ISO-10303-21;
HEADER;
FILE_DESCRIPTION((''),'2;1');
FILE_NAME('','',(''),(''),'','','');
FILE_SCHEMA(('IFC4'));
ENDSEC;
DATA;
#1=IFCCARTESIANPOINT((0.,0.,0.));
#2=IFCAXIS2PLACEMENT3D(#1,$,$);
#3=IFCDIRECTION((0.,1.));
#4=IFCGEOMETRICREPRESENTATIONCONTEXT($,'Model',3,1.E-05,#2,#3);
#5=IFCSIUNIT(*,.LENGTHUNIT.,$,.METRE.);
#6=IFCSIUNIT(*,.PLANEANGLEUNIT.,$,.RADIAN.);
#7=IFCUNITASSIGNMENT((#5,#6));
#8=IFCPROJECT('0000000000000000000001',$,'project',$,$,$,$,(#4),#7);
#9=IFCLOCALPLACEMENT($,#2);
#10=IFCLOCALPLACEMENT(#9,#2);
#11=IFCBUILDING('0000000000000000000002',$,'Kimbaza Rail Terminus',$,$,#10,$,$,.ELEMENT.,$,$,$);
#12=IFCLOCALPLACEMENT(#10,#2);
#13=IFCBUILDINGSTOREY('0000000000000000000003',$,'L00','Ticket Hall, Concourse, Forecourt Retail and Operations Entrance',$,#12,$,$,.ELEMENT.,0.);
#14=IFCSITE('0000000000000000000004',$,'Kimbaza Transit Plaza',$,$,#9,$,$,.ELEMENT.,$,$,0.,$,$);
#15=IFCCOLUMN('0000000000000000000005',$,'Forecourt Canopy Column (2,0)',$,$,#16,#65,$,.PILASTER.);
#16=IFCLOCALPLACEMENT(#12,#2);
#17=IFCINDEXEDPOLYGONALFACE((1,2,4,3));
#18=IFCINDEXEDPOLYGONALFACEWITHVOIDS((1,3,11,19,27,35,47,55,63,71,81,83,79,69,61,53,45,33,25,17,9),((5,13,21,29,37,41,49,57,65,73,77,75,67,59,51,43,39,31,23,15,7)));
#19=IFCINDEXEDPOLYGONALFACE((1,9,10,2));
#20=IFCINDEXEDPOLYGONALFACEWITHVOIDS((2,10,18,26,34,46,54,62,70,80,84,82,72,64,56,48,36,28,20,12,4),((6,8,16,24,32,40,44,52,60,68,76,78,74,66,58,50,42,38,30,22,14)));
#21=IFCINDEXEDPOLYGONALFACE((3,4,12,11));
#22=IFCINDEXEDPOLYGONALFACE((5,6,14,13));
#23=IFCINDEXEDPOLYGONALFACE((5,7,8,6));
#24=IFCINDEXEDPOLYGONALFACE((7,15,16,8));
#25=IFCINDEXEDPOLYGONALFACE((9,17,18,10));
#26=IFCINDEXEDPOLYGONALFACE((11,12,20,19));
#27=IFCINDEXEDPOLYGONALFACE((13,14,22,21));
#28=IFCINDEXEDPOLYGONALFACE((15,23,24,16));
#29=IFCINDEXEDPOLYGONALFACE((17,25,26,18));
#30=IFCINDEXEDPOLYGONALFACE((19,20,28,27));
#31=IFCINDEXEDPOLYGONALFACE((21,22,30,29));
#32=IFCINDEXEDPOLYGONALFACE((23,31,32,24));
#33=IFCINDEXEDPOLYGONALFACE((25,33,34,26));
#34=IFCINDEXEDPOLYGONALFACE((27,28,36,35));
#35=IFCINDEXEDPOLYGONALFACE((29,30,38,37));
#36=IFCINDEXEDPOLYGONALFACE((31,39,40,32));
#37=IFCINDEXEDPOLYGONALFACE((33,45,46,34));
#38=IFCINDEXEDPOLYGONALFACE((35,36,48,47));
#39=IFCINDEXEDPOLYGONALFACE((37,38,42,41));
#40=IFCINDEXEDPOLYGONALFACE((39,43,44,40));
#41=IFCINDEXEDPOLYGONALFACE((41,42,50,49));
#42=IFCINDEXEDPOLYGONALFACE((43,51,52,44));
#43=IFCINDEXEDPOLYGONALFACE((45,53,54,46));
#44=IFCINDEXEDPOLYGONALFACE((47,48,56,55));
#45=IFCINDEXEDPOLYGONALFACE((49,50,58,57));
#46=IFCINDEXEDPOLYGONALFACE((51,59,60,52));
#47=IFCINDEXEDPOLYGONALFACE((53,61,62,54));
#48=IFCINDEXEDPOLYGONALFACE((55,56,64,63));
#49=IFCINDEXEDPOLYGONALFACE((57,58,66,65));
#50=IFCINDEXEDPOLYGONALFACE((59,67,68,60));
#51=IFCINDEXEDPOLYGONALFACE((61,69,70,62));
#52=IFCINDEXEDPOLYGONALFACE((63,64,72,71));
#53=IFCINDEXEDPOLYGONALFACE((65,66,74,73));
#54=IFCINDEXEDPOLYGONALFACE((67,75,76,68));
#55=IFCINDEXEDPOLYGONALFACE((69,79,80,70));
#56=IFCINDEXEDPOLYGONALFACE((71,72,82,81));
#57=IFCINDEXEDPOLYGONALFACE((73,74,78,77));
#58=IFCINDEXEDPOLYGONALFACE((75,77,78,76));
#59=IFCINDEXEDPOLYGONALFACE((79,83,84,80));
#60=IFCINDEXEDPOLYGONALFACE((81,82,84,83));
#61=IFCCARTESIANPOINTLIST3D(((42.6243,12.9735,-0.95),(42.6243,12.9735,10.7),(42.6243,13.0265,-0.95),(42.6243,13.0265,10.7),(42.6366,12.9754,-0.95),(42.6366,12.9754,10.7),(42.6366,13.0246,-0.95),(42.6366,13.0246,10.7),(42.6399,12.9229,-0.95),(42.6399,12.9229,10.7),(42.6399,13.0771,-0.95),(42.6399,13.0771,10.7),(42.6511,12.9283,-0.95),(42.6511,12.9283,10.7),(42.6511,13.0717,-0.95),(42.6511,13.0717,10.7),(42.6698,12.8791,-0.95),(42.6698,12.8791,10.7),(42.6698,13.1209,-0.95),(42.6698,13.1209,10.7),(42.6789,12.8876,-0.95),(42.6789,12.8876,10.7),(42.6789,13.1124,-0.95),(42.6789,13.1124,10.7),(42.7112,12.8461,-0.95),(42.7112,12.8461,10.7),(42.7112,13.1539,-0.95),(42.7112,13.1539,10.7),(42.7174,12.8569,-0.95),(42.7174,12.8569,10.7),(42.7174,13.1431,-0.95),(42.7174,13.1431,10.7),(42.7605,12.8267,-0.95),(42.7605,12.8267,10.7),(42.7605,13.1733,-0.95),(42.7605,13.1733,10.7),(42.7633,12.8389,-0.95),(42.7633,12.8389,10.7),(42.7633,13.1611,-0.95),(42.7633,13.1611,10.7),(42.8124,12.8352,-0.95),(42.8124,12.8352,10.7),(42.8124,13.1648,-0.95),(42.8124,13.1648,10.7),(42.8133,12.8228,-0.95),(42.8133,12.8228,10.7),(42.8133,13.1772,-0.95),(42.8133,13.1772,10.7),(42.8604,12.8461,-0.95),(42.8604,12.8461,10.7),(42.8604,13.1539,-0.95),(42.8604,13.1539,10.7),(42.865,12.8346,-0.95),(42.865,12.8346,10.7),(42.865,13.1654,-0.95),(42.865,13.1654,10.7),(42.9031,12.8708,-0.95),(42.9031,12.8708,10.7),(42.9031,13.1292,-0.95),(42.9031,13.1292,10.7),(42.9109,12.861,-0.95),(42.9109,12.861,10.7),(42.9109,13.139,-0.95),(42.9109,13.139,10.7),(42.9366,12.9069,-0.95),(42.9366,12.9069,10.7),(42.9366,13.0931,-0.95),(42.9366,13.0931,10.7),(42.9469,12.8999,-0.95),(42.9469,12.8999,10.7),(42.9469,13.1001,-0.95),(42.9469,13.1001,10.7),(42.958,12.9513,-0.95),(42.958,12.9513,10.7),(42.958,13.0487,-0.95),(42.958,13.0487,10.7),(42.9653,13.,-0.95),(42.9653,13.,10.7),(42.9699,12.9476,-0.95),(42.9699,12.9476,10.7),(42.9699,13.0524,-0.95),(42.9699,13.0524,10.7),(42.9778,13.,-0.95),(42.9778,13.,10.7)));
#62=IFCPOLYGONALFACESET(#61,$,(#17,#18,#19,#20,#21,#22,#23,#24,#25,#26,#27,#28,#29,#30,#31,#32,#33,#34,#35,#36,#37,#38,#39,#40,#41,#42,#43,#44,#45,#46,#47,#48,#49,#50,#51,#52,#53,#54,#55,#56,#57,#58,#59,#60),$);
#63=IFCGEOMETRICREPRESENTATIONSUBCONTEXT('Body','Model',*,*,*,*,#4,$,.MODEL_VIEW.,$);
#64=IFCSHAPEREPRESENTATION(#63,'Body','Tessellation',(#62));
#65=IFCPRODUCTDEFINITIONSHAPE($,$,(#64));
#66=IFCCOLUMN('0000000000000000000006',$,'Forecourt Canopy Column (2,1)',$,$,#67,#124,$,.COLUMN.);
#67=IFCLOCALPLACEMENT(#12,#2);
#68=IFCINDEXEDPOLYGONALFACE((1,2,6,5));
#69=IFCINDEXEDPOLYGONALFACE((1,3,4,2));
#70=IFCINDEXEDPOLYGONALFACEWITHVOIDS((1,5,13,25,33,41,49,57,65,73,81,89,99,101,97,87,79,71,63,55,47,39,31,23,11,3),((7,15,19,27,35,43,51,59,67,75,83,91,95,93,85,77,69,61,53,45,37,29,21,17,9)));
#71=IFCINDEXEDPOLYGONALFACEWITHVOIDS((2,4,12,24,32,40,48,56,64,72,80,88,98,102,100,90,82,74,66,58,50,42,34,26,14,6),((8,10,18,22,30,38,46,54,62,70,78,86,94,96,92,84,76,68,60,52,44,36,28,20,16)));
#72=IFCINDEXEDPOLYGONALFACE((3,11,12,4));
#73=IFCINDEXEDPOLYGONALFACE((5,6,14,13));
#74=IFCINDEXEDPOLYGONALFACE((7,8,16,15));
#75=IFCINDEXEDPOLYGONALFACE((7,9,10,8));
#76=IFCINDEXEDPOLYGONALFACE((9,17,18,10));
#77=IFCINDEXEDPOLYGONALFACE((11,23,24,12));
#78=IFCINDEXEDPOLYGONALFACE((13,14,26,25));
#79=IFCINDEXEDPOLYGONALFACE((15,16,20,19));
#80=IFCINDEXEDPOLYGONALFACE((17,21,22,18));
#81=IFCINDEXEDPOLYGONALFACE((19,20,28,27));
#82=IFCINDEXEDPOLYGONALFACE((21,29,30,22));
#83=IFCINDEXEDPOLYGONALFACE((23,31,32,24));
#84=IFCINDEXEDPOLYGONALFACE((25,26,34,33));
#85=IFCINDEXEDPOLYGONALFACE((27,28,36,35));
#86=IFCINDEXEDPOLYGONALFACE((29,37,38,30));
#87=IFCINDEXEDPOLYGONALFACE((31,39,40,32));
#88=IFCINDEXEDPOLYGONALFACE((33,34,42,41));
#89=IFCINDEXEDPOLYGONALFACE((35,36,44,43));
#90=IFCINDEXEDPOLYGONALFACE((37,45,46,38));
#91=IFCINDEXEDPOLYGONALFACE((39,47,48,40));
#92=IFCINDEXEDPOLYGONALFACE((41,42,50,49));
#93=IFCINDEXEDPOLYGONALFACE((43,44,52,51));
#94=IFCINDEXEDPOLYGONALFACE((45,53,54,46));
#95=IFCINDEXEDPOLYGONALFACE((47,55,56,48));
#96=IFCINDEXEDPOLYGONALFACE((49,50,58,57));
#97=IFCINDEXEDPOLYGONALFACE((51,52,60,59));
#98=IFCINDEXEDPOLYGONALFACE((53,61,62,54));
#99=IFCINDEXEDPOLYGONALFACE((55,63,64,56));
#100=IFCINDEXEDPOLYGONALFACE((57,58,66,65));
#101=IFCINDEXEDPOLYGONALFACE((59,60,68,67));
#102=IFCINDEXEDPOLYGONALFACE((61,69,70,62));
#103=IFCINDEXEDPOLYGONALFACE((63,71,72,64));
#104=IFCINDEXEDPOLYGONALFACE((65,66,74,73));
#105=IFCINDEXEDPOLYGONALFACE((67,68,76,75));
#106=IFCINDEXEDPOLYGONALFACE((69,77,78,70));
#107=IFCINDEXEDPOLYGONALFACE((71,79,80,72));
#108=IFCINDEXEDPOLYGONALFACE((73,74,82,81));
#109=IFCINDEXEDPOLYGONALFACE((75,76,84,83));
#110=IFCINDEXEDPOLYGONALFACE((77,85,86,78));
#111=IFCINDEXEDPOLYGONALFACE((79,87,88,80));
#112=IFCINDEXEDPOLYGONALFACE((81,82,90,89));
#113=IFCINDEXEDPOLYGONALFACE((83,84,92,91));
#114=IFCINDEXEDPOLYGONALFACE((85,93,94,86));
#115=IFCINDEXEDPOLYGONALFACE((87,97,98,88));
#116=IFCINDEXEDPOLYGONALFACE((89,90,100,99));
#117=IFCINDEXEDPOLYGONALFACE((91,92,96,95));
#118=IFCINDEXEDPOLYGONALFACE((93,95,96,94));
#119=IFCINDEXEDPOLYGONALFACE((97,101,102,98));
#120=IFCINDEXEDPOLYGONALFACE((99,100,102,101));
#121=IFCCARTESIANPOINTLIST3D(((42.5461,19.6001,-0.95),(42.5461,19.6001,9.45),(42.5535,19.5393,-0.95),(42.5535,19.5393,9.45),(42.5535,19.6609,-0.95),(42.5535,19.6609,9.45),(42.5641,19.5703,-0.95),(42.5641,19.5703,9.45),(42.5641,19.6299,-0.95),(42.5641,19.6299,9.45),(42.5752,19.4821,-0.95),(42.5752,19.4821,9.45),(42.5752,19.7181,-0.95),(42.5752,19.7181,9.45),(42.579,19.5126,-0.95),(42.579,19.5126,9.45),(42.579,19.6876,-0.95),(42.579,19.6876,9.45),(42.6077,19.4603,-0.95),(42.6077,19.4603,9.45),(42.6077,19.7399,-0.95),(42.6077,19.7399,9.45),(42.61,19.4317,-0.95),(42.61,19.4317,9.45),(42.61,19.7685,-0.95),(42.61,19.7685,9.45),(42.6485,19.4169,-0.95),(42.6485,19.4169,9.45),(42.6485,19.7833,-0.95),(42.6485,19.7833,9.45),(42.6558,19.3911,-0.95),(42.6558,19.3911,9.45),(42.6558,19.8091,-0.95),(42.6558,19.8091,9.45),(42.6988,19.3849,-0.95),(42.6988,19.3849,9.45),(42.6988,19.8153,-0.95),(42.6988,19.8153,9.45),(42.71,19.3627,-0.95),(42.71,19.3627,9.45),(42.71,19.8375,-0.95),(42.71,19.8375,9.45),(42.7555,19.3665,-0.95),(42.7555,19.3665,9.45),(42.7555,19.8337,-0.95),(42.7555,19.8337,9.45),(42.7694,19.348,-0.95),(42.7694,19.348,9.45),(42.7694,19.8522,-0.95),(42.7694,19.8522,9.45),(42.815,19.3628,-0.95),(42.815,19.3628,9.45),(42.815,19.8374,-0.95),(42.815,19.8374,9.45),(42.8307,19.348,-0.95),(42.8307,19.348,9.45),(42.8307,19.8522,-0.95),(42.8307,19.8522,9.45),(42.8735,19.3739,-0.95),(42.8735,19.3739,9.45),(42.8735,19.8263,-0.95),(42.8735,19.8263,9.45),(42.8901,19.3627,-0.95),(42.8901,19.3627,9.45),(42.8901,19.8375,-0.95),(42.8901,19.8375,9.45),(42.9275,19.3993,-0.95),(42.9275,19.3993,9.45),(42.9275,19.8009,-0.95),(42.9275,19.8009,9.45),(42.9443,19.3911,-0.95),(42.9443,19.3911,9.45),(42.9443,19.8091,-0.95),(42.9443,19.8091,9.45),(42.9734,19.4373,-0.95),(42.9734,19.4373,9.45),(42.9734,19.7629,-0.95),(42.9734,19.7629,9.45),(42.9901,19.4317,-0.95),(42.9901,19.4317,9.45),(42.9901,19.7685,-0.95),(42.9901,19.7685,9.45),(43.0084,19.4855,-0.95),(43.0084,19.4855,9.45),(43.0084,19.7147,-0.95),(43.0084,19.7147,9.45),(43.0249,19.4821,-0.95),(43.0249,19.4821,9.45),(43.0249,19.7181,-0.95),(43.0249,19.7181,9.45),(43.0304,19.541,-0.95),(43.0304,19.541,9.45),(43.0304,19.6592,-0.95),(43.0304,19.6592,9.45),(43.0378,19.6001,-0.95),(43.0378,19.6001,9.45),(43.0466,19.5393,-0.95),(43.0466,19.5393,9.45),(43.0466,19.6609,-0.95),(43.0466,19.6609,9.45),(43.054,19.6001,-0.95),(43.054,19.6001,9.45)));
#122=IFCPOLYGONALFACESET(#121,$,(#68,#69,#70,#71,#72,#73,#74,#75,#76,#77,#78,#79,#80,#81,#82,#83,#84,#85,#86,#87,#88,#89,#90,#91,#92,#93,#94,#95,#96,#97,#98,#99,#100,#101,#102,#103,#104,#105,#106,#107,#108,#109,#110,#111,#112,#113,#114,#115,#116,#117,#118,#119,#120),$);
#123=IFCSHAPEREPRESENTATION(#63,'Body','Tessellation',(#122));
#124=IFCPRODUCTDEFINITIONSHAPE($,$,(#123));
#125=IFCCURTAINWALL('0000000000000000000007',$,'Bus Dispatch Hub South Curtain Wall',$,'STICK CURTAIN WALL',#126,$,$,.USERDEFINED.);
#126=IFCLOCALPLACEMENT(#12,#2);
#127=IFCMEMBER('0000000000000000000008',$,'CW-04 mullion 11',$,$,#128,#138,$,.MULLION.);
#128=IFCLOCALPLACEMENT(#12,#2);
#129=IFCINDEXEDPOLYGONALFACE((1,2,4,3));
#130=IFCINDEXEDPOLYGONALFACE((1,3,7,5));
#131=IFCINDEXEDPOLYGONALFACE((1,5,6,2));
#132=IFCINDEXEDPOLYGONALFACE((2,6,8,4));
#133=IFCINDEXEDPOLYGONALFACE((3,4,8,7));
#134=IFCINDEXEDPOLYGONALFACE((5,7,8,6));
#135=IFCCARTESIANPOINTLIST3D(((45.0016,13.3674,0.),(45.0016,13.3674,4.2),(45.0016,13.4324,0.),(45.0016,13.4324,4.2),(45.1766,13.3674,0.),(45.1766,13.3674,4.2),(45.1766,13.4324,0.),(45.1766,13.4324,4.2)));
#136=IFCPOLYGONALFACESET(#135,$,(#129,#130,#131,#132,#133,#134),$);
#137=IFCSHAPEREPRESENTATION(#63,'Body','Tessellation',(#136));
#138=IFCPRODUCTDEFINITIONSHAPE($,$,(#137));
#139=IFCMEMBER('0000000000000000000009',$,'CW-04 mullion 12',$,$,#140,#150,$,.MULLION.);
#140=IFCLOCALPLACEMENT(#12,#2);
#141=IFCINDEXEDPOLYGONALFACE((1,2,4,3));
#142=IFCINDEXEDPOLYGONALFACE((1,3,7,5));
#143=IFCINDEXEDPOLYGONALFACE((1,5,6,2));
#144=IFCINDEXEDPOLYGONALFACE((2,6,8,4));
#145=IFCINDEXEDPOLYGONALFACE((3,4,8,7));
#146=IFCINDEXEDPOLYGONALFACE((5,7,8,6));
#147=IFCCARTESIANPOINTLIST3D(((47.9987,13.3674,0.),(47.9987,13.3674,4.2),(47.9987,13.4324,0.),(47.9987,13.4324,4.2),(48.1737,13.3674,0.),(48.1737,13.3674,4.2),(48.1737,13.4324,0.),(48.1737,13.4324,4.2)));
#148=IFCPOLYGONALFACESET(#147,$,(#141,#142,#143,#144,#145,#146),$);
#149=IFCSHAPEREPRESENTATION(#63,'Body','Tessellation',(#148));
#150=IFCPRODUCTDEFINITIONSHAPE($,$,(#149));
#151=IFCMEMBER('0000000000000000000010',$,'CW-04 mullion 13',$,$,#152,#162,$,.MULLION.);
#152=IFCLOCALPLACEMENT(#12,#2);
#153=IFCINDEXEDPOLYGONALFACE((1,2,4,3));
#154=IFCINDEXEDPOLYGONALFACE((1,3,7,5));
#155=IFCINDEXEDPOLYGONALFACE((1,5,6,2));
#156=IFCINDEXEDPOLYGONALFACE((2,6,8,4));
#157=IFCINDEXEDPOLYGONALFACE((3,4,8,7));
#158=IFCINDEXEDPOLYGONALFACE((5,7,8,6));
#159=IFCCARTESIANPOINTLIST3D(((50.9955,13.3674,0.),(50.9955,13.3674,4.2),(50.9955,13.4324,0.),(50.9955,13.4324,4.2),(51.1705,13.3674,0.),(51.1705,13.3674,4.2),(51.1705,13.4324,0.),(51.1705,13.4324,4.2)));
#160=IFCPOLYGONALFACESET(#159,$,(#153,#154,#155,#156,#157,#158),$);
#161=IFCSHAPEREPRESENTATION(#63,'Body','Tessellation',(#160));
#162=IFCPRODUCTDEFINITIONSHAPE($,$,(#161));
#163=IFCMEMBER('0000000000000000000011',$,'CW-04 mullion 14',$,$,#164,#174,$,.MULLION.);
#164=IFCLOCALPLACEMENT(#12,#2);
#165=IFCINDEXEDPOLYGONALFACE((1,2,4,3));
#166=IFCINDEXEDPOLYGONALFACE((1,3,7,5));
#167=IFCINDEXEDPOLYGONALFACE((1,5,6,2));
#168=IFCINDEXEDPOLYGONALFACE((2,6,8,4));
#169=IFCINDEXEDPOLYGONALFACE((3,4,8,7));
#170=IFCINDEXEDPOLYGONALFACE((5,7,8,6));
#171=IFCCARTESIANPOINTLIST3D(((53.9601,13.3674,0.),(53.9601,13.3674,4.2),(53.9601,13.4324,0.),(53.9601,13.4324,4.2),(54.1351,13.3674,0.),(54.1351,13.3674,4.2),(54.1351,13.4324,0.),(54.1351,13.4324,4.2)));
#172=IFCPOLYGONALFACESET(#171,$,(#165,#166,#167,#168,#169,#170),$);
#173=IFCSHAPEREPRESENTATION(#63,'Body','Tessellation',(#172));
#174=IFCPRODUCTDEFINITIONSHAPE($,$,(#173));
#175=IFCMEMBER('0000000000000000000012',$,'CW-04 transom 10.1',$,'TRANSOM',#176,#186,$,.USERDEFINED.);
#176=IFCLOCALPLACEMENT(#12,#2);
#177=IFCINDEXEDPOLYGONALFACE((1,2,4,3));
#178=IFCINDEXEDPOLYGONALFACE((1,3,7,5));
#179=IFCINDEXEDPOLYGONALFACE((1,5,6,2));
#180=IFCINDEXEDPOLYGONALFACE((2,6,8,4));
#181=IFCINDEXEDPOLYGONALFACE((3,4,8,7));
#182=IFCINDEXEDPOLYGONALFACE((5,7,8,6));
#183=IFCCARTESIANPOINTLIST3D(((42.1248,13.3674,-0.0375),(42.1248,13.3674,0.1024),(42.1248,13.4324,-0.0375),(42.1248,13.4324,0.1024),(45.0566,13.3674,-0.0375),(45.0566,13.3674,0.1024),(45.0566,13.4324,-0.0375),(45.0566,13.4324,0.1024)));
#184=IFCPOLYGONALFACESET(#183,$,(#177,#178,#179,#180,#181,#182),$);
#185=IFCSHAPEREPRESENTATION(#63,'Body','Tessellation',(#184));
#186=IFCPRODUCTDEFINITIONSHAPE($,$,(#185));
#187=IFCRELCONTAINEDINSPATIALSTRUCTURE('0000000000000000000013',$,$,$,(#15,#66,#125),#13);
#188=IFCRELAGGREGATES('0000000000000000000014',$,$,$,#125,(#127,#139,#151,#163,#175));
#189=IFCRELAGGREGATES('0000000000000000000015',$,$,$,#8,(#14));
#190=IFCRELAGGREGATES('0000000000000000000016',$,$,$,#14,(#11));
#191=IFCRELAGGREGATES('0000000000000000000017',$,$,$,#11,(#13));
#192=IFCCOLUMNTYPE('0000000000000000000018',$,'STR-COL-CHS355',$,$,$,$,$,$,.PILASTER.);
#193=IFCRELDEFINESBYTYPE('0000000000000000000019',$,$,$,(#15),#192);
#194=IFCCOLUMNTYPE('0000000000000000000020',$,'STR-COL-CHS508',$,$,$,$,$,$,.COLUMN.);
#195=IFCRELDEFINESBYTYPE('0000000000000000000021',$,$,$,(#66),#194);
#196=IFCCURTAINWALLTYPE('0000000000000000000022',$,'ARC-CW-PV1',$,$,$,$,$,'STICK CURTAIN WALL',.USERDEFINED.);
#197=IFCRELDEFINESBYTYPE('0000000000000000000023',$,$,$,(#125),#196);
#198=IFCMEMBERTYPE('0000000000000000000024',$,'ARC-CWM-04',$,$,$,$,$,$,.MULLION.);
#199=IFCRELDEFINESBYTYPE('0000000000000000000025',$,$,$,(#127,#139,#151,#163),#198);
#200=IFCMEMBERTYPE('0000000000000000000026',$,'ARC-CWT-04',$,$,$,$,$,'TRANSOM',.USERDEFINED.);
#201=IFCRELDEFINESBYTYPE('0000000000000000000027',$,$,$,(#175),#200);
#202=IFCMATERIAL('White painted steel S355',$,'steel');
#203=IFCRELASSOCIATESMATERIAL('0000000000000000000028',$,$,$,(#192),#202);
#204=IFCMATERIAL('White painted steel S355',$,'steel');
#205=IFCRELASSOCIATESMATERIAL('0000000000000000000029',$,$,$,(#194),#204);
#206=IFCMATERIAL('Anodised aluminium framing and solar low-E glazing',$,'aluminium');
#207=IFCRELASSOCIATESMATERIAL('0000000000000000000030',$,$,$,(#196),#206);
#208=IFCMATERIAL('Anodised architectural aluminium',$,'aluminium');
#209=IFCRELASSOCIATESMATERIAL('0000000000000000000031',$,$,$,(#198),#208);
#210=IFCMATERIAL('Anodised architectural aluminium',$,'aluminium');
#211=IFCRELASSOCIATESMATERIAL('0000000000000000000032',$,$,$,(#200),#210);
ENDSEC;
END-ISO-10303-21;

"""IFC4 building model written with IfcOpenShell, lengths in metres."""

from ifc_helpers import new_model, si_unit, direction, frame, origin, origin_2d, place, context, subcontext, project, spatial, rectangle, hollow_circle, extrude, material, material_profile, profile_set, type_object, element, aggregate, save


model = new_model("IFC4")

# Units and contexts
model_context = context("Model", 3, precision=1e-05, world=origin(), true_north=direction((0.0, 1.0)))
body_context = subcontext(model_context, "Body", "Model", "MODEL_VIEW")
ifc_project = project(units=[si_unit("LENGTHUNIT", "METRE"), si_unit("PLANEANGLEUNIT", "RADIAN")], contexts=[model_context])

# Site, building, storey
site_placement = place(None, origin())
site = spatial("IfcSite", under=ifc_project, at=site_placement, Name="Kimbaza Transit Plaza", CompositionType="ELEMENT", RefElevation=0.0)
building_placement = place(site_placement, origin())
building = spatial("IfcBuilding", under=site, at=building_placement, Name="Kimbaza Rail Terminus", CompositionType="ELEMENT")
storey_placement = place(building_placement, origin())
storey = spatial("IfcBuildingStorey", under=building, at=storey_placement, Name="L00", Description="Ticket Hall, Concourse, Forecourt Retail and Operations Entrance", CompositionType="ELEMENT", Elevation=0.0)

# Columns
ifc_material_1 = material(Name="White painted steel S355", Category="steel")
ifc_material_profile_1 = material_profile(ifc_material_1, hollow_circle(Radius=0.1777, WallThickness=0.0125, at=origin_2d()), Name="CHS 355.6x12.5")
ifc_profile_set_1 = profile_set([ifc_material_profile_1], Name="White painted steel S355")
column_type_1 = type_object("IfcColumnType", Name="STR-COL-CHS355", PredefinedType="PILASTER", material=ifc_profile_set_1)
column_1_placement = place(storey_placement, frame((42.8, 13.0, -0.95), z_axis=(0.0, 0.0, 1.0), x_axis=(1.0, 0.0, 0.0)))
element("IfcColumn", 1, at=column_1_placement, inside=storey, type_object=column_type_1, Name="Forecourt Canopy Column (2,0)", PredefinedType="PILASTER", context=body_context, shape_type="SweptSolid", body=[
    extrude(hollow_circle(Radius=0.1777, WallThickness=0.0125, at=origin_2d()), origin(), (0.0, 0.0, 1.0), 11.6499),
])
ifc_material_2 = material(Name="White painted steel S355", Category="steel")
ifc_material_profile_2 = material_profile(ifc_material_2, hollow_circle(Radius=0.2539, WallThickness=0.0161, at=origin_2d()), Name="CHS 508x16")
ifc_profile_set_2 = profile_set([ifc_material_profile_2], Name="White painted steel S355")
column_type_2 = type_object("IfcColumnType", Name="STR-COL-CHS508", PredefinedType="COLUMN", material=ifc_profile_set_2)
column_2_placement = place(storey_placement, frame((42.8, 19.6001, -0.95), z_axis=(0.0, 0.0, 1.0), x_axis=(1.0, 0.0, 0.0)))
element("IfcColumn", 2, at=column_2_placement, inside=storey, type_object=column_type_2, Name="Forecourt Canopy Column (2,1)", PredefinedType="COLUMN", context=body_context, shape_type="SweptSolid", body=[
    extrude(hollow_circle(Radius=0.2539, WallThickness=0.0161, at=origin_2d()), origin(), (0.0, 0.0, 1.0), 10.3999),
])

# Curtain wall, members
ifc_material_3 = material(Name="Anodised aluminium framing and solar low-E glazing", Category="aluminium")
curtain_wall_type = type_object("IfcCurtainWallType", Name="ARC-CW-PV1", ElementType="STICK CURTAIN WALL", PredefinedType="USERDEFINED", material=ifc_material_3)
curtain_wall_placement = place(storey_placement, origin())
curtain_wall = element("IfcCurtainWall", 3, at=curtain_wall_placement, inside=storey, type_object=curtain_wall_type, Name="Bus Dispatch Hub South Curtain Wall", ObjectType="STICK CURTAIN WALL", PredefinedType="USERDEFINED")
ifc_material_4 = material(Name="Anodised architectural aluminium", Category="aluminium")
ifc_material_profile_3 = material_profile(ifc_material_4, rectangle(XDim=0.0649, YDim=0.175, at=origin_2d()), Name="MULLION 65x175")
ifc_profile_set_3 = profile_set([ifc_material_profile_3], Name="Anodised architectural aluminium")
member_type_1 = type_object("IfcMemberType", Name="ARC-CWM-04", PredefinedType="MULLION", material=ifc_profile_set_3)
member_1_placement = place(storey_placement, frame((45.0891, 13.3999, 0.0), z_axis=(0.0, 0.0, 1.0), x_axis=(0.0, 1.0, 0.0)))
member_1 = element("IfcMember", 4, at=member_1_placement, type_object=member_type_1, Name="CW-04 mullion 11", PredefinedType="MULLION", context=body_context, shape_type="SweptSolid", body=[
    extrude(rectangle(XDim=0.0649, YDim=0.175, at=origin_2d()), origin(), (0.0, 0.0, 1.0), 4.2),
])
member_2_placement = place(storey_placement, frame((48.0862, 13.3999, 0.0), z_axis=(0.0, 0.0, 1.0), x_axis=(0.0, 1.0, 0.0)))
member_2 = element("IfcMember", 5, at=member_2_placement, type_object=member_type_1, Name="CW-04 mullion 12", PredefinedType="MULLION", context=body_context, shape_type="SweptSolid", body=[
    extrude(rectangle(XDim=0.0649, YDim=0.175, at=origin_2d()), origin(), (0.0, 0.0, 1.0), 4.2),
])
member_3_placement = place(storey_placement, frame((51.083, 13.3999, 0.0), z_axis=(0.0, 0.0, 1.0), x_axis=(0.0, 1.0, 0.0)))
member_3 = element("IfcMember", 6, at=member_3_placement, type_object=member_type_1, Name="CW-04 mullion 13", PredefinedType="MULLION", context=body_context, shape_type="SweptSolid", body=[
    extrude(rectangle(XDim=0.0649, YDim=0.175, at=origin_2d()), origin(), (0.0, 0.0, 1.0), 4.2),
])
member_4_placement = place(storey_placement, frame((54.0476, 13.3999, 0.0), z_axis=(0.0, 0.0, 1.0), x_axis=(0.0, 1.0, 0.0)))
member_4 = element("IfcMember", 7, at=member_4_placement, type_object=member_type_1, Name="CW-04 mullion 14", PredefinedType="MULLION", context=body_context, shape_type="SweptSolid", body=[
    extrude(rectangle(XDim=0.0649, YDim=0.175, at=origin_2d()), origin(), (0.0, 0.0, 1.0), 4.2),
])
ifc_material_5 = material(Name="Anodised architectural aluminium", Category="aluminium")
ifc_material_profile_4 = material_profile(ifc_material_5, rectangle(XDim=0.0649, YDim=0.1399, at=origin_2d()), Name="TRANSOM 65x140")
ifc_profile_set_4 = profile_set([ifc_material_profile_4], Name="Anodised architectural aluminium")
member_type_2 = type_object("IfcMemberType", Name="ARC-CWT-04", ElementType="TRANSOM", PredefinedType="USERDEFINED", material=ifc_profile_set_4)
member_5_placement = place(storey_placement, frame((42.1248, 13.3999, 0.0325), z_axis=(1.0, 0.0, 0.0), x_axis=(0.0, 1.0, 0.0)))
member_5 = element("IfcMember", 8, at=member_5_placement, type_object=member_type_2, Name="CW-04 transom 10.1", ObjectType="TRANSOM", PredefinedType="USERDEFINED", context=body_context, shape_type="SweptSolid", body=[
    extrude(rectangle(XDim=0.0649, YDim=0.1399, at=origin_2d()), origin(), (0.0, 0.0, 1.0), 2.9319),
])
aggregate(curtain_wall, [member_1, member_2, member_3, member_4, member_5])

save(model, "model.ifc")
